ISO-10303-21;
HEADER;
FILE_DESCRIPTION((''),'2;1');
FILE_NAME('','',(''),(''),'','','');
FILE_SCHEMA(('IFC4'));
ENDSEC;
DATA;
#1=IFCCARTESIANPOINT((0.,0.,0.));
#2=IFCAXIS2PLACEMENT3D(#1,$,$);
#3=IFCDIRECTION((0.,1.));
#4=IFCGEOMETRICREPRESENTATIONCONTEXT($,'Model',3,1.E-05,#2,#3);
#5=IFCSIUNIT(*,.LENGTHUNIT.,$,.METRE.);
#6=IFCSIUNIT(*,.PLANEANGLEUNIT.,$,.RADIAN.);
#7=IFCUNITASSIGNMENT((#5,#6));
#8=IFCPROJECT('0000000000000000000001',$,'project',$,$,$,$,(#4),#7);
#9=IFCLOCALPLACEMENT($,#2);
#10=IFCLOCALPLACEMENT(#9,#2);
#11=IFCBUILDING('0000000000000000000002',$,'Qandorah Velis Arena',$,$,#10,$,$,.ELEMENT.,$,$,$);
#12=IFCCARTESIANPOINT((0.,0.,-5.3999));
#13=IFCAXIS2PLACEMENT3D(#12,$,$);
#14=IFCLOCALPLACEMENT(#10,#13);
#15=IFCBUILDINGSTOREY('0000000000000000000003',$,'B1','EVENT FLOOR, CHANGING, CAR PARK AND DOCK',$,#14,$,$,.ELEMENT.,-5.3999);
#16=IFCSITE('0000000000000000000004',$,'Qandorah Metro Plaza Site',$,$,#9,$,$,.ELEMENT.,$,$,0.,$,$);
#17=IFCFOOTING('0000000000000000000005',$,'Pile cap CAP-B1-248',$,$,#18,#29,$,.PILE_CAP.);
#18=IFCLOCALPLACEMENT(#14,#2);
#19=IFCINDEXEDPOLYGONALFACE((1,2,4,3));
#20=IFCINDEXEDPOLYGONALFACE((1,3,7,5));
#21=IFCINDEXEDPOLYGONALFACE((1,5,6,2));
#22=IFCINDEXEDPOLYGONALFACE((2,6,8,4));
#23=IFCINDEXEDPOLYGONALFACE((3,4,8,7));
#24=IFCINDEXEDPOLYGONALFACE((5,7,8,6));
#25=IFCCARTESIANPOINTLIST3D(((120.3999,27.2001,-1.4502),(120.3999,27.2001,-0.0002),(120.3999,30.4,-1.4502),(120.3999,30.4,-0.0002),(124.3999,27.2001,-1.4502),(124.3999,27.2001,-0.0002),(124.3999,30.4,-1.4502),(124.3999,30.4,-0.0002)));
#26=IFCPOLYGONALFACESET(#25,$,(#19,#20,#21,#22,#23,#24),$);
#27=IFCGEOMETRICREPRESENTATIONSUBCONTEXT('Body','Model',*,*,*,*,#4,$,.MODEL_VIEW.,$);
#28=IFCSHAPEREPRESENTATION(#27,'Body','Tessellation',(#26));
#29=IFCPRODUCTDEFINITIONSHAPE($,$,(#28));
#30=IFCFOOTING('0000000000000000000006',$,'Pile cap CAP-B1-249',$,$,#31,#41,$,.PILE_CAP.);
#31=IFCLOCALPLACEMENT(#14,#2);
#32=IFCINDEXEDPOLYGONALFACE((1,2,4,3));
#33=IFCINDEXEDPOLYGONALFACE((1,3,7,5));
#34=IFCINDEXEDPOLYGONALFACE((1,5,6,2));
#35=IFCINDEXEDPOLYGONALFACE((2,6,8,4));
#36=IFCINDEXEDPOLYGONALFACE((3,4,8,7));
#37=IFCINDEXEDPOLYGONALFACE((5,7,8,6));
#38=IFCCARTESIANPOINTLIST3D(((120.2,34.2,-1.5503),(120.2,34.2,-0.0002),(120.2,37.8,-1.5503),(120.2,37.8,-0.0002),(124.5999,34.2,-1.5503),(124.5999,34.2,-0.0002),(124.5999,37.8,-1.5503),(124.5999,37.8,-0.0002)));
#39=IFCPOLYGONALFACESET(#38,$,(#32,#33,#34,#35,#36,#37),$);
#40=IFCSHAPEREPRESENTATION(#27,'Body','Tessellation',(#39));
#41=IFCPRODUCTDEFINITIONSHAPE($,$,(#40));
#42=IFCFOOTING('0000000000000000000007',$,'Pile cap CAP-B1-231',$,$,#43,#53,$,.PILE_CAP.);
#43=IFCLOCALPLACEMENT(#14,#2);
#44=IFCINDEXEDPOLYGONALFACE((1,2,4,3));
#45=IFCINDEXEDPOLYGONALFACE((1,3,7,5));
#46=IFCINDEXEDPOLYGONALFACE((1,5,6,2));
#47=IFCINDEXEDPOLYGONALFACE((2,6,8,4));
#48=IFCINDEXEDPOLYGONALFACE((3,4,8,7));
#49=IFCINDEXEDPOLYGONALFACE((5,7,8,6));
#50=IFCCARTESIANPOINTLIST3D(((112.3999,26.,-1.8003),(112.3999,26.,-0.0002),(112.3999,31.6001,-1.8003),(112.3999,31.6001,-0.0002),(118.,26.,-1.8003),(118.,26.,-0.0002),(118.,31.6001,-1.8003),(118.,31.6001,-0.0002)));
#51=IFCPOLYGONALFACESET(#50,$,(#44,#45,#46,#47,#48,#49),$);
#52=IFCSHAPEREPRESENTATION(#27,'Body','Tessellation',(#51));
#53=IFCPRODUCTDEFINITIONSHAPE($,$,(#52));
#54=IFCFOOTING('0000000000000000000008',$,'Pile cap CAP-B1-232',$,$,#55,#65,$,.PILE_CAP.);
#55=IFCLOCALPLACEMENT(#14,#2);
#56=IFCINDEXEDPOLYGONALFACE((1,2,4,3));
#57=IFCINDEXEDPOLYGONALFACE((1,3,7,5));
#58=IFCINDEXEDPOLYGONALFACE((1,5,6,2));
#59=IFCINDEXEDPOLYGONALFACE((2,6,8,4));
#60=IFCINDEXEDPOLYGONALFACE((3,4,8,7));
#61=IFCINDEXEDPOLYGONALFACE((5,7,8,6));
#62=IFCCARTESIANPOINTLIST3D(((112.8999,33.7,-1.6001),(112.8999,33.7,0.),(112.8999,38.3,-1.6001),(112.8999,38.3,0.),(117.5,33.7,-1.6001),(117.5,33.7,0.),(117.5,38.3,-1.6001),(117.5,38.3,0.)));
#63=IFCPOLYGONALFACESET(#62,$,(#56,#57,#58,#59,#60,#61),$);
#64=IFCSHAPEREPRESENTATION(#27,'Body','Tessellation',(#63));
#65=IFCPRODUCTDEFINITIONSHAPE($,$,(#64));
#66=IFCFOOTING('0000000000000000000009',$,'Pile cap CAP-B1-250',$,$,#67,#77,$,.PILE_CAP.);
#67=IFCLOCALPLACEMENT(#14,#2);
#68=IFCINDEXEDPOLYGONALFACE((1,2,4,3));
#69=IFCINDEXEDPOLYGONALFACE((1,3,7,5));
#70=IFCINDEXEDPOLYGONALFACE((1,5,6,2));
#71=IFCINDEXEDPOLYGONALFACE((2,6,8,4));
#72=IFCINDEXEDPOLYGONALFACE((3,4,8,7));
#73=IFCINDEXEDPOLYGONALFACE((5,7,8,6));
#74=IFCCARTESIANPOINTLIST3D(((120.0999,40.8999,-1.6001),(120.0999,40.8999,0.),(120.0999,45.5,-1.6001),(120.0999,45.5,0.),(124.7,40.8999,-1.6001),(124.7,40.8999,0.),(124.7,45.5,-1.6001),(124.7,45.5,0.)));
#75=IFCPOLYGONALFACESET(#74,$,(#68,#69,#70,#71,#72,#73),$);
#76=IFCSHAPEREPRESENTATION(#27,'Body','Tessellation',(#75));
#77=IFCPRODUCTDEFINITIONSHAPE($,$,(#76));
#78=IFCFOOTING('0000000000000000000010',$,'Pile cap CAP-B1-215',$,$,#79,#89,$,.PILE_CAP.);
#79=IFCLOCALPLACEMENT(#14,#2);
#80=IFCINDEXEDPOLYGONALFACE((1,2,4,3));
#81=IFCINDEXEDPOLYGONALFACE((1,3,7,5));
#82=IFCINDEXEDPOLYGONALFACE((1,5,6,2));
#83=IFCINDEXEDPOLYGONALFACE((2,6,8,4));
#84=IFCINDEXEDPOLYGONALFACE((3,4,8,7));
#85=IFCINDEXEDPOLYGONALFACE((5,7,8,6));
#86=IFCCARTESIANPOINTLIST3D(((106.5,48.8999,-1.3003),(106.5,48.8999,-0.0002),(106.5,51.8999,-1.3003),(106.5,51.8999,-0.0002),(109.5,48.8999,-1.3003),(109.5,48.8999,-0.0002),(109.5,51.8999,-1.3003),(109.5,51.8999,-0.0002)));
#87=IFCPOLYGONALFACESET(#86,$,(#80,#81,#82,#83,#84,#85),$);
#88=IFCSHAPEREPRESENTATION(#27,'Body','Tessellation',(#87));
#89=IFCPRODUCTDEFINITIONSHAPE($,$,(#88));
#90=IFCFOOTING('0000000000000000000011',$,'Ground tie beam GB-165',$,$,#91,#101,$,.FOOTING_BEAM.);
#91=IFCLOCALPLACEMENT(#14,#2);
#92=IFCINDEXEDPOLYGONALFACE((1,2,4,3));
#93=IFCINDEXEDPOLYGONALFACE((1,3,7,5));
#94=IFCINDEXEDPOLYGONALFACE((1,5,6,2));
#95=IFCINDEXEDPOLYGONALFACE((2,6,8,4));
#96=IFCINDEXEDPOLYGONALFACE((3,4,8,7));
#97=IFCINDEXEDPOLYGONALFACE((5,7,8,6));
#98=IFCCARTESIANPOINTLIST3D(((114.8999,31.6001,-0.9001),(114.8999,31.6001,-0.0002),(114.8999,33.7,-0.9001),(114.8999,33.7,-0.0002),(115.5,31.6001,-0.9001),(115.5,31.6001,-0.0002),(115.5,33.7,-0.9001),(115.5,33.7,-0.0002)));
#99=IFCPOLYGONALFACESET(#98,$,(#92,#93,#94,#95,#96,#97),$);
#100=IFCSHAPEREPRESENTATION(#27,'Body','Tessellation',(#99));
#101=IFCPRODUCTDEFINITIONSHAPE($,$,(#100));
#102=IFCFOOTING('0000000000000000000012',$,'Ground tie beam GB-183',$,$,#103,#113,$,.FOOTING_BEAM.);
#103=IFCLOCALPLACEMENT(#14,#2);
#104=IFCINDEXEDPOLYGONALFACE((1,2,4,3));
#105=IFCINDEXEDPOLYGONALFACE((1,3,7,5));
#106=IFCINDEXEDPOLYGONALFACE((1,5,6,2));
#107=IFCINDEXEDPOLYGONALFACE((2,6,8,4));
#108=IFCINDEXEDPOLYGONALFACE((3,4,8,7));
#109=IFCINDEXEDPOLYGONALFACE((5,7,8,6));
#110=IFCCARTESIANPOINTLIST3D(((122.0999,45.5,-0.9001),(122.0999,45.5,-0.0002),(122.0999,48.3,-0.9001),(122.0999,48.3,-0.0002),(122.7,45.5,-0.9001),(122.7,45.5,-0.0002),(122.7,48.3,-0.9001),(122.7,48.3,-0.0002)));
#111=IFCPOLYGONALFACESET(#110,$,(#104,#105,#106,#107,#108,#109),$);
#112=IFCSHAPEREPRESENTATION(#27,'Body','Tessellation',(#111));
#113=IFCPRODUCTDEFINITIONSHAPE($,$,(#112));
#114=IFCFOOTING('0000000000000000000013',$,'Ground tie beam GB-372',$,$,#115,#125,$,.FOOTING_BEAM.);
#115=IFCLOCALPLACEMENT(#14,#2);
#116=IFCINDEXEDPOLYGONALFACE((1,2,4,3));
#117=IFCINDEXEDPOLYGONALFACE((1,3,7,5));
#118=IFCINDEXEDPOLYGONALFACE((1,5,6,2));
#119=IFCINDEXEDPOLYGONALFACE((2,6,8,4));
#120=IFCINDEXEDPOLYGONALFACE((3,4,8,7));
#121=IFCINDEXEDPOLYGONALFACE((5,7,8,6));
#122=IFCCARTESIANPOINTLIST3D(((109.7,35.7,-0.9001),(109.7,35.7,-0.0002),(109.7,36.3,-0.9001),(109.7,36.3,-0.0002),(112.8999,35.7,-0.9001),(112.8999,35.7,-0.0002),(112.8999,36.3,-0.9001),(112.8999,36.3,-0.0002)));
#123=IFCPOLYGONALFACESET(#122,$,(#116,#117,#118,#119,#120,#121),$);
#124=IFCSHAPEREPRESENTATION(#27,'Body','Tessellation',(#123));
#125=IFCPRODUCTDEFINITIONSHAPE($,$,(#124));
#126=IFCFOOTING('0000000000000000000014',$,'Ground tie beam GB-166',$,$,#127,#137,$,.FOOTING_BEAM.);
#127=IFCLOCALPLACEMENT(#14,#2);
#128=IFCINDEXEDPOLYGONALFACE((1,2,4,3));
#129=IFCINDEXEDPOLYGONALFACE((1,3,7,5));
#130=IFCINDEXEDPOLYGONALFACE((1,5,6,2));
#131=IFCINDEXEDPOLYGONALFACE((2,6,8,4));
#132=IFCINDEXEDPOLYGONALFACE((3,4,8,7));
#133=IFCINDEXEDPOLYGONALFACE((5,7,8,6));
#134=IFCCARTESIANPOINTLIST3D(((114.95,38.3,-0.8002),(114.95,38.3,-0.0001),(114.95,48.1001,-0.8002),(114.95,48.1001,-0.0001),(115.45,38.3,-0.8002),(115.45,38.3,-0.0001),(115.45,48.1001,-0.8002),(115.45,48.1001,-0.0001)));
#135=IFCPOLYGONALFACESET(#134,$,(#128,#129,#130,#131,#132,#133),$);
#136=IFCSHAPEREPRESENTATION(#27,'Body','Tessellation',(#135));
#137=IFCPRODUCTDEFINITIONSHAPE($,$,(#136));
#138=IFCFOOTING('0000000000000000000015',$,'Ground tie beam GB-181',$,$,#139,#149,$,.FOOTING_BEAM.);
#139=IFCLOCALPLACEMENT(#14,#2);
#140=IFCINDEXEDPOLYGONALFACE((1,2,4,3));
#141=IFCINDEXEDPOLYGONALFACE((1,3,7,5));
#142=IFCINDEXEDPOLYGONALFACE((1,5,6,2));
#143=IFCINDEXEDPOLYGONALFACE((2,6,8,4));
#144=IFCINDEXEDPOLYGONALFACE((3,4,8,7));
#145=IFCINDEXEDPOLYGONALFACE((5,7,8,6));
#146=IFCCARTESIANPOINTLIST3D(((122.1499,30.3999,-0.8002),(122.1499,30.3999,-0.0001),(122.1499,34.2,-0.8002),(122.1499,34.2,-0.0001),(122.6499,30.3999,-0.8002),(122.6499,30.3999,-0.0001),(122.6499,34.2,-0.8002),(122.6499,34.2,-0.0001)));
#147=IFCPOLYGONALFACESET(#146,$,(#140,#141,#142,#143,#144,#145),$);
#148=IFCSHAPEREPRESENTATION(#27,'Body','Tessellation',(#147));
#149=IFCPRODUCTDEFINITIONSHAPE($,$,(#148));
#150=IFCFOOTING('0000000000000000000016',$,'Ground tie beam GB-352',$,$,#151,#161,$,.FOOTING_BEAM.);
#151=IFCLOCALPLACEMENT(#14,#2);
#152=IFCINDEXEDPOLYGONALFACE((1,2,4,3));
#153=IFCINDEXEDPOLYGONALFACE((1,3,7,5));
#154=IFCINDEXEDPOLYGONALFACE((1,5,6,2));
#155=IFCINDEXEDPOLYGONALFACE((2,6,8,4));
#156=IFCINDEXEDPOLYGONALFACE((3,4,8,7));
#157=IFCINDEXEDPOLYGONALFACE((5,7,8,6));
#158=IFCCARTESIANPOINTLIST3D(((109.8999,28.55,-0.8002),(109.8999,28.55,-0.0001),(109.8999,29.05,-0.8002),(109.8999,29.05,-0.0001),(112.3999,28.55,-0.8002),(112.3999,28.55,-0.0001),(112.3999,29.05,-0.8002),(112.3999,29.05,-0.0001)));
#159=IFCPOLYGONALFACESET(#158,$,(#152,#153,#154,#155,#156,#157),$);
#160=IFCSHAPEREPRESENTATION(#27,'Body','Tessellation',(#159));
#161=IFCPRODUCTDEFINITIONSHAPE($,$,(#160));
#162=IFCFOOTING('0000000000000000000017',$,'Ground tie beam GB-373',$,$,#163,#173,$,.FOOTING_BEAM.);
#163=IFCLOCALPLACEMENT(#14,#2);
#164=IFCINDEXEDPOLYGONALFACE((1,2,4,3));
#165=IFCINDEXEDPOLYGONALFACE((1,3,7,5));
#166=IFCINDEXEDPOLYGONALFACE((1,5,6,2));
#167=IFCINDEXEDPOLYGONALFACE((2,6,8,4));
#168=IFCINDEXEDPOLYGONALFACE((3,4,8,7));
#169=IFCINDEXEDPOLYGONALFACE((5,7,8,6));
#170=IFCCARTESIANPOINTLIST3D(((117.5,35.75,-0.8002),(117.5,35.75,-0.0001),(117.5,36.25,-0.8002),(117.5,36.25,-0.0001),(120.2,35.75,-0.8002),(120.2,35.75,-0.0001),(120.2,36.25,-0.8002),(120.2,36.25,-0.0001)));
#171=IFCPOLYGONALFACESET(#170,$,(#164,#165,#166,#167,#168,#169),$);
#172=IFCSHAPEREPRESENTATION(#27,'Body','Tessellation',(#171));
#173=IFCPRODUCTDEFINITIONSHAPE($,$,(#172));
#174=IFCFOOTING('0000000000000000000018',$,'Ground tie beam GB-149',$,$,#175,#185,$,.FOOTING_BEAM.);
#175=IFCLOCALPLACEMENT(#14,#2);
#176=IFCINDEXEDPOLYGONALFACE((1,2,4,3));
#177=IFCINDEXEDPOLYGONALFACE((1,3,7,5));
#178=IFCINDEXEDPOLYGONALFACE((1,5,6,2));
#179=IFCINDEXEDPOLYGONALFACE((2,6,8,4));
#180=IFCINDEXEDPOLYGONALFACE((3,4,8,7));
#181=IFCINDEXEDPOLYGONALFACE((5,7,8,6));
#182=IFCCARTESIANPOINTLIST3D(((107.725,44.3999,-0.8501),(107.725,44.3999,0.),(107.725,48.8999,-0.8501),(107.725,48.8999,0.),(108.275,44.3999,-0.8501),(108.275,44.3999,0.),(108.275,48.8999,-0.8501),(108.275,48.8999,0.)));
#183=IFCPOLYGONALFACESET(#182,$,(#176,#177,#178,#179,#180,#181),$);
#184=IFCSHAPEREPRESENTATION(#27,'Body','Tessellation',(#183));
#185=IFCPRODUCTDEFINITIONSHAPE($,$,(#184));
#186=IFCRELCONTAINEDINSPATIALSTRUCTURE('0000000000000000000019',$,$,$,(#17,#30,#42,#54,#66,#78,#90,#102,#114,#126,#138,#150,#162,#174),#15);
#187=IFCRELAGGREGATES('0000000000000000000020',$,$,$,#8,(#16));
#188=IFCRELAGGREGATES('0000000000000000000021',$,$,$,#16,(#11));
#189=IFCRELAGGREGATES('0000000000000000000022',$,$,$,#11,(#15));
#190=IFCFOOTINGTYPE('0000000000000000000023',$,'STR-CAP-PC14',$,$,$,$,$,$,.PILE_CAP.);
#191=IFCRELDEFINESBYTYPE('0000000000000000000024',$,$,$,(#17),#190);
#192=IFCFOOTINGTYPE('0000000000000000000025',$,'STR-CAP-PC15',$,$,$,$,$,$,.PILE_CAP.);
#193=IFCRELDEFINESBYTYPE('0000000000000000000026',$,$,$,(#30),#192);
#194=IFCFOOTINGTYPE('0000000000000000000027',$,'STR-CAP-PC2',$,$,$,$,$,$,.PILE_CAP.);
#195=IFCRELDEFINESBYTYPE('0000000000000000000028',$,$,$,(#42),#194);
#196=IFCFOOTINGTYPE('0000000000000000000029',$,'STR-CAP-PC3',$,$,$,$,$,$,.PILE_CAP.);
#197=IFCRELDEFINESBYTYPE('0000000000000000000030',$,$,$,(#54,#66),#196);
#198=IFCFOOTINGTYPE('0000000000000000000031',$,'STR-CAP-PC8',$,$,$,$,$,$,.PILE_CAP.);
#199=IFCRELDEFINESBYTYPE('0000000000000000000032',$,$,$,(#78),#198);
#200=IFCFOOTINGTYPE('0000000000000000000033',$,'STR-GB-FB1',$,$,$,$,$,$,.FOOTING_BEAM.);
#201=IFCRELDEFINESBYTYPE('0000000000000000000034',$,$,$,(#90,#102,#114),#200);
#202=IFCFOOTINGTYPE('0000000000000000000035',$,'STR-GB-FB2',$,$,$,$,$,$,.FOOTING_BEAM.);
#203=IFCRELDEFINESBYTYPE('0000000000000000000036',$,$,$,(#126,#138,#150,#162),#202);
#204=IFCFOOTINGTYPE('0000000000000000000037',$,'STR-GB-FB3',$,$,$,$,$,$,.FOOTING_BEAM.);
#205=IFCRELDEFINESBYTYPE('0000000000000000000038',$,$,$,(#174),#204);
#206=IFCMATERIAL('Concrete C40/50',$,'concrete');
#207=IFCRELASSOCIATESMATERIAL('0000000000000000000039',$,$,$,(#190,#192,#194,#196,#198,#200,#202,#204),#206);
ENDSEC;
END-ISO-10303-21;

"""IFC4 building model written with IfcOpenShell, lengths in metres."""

from ifc_helpers import new_model, si_unit, direction, frame, origin, origin_2d, place, context, subcontext, project, spatial, rectangle, extrude, material, material_profile, profile_set, type_object, element, save


model = new_model("IFC4")

# Units and contexts
model_context = context("Model", 3, precision=1e-05, world=origin(), true_north=direction((0.0, 1.0)))
body_context = subcontext(model_context, "Body", "Model", "MODEL_VIEW")
ifc_project = project(units=[si_unit("LENGTHUNIT", "METRE"), si_unit("PLANEANGLEUNIT", "RADIAN")], contexts=[model_context])

# Site, building, storey
site_placement = place(None, origin())
site = spatial("IfcSite", under=ifc_project, at=site_placement, Name="Qandorah Metro Plaza Site", CompositionType="ELEMENT", RefElevation=0.0)
building_placement = place(site_placement, origin())
building = spatial("IfcBuilding", under=site, at=building_placement, Name="Qandorah Velis Arena", CompositionType="ELEMENT")
storey_placement = place(building_placement, frame((0.0, 0.0, -5.3999)))
storey = spatial("IfcBuildingStorey", under=building, at=storey_placement, Name="B1", Description="EVENT FLOOR, CHANGING, CAR PARK AND DOCK", CompositionType="ELEMENT", Elevation=-5.3999)

# Footings
ifc_material_1 = material(Name="Concrete C40/50", Category="concrete")
footing_type_1 = type_object("IfcFootingType", Name="STR-CAP-PC14", PredefinedType="PILE_CAP", material=ifc_material_1)
footing_1_placement = place(storey_placement, frame((122.3999, 28.8, -1.4502), z_axis=(0.0, 0.0, 1.0), x_axis=(1.0, 0.0, 0.0)))
element("IfcFooting", 1, at=footing_1_placement, inside=storey, type_object=footing_type_1, Name="Pile cap CAP-B1-248", PredefinedType="PILE_CAP", context=body_context, shape_type="SweptSolid", body=[
    extrude(rectangle(XDim=4.0, YDim=3.2, at=origin_2d()), origin(), (0.0, 0.0, 1.0), 1.45),
])
footing_type_2 = type_object("IfcFootingType", Name="STR-CAP-PC15", PredefinedType="PILE_CAP", material=ifc_material_1)
footing_2_placement = place(storey_placement, frame((122.3999, 36.0, -1.5503), z_axis=(0.0, 0.0, 1.0), x_axis=(1.0, 0.0, 0.0)))
element("IfcFooting", 2, at=footing_2_placement, inside=storey, type_object=footing_type_2, Name="Pile cap CAP-B1-249", PredefinedType="PILE_CAP", context=body_context, shape_type="SweptSolid", body=[
    extrude(rectangle(XDim=4.3999, YDim=3.6001, at=origin_2d()), origin(), (0.0, 0.0, 1.0), 1.55),
])
footing_type_3 = type_object("IfcFootingType", Name="STR-CAP-PC2", PredefinedType="PILE_CAP", material=ifc_material_1)
footing_3_placement = place(storey_placement, frame((115.2, 28.8, -1.8003), z_axis=(0.0, 0.0, 1.0), x_axis=(1.0, 0.0, 0.0)))
element("IfcFooting", 3, at=footing_3_placement, inside=storey, type_object=footing_type_3, Name="Pile cap CAP-B1-231", PredefinedType="PILE_CAP", context=body_context, shape_type="SweptSolid", body=[
    extrude(rectangle(XDim=5.6001, YDim=5.6001, at=origin_2d()), origin(), (0.0, 0.0, 1.0), 1.8),
])
footing_type_4 = type_object("IfcFootingType", Name="STR-CAP-PC3", PredefinedType="PILE_CAP", material=ifc_material_1)
for number, where, z_axis, x_axis, name in (
    (4, (115.2, 36.0, -1.6001), (0.0, 0.0, 1.0), (1.0, 0.0, 0.0), "Pile cap CAP-B1-232"),
    (5, (122.3999, 43.2, -1.6001), (0.0, 0.0, 1.0), (1.0, 0.0, 0.0), "Pile cap CAP-B1-250"),
):
    element("IfcFooting", number, at=place(storey_placement, frame(where, z_axis=z_axis, x_axis=x_axis)), inside=storey, type_object=footing_type_4, Name=name, PredefinedType="PILE_CAP", context=body_context, shape_type="SweptSolid", body=[
        extrude(rectangle(XDim=4.6001, YDim=4.6001, at=origin_2d()), origin(), (0.0, 0.0, 1.0), 1.6001),
    ])
footing_type_5 = type_object("IfcFootingType", Name="STR-CAP-PC8", PredefinedType="PILE_CAP", material=ifc_material_1)
footing_4_placement = place(storey_placement, frame((108.0, 50.3999, -1.3003), z_axis=(0.0, 0.0, 1.0), x_axis=(1.0, 0.0, 0.0)))
element("IfcFooting", 6, at=footing_4_placement, inside=storey, type_object=footing_type_5, Name="Pile cap CAP-B1-215", PredefinedType="PILE_CAP", context=body_context, shape_type="SweptSolid", body=[
    extrude(rectangle(XDim=3.0, YDim=3.0, at=origin_2d()), origin(), (0.0, 0.0, 1.0), 1.3),
])
ifc_material_profile_1 = material_profile(ifc_material_1, rectangle(XDim=0.6001, YDim=0.8999, at=origin_2d()), Name="GB1 600x900")
ifc_profile_set_1 = profile_set([ifc_material_profile_1], Name="Concrete C40/50")
footing_type_6 = type_object("IfcFootingType", Name="STR-GB-FB1", PredefinedType="FOOTING_BEAM", material=ifc_profile_set_1)
footing_5_placement = place(storey_placement, frame((115.2, 31.6001, -0.4502), z_axis=(0.0, 1.0, 0.0), x_axis=(-1.0, 0.0, 0.0)))
element("IfcFooting", 7, at=footing_5_placement, inside=storey, type_object=footing_type_6, Name="Ground tie beam GB-165", PredefinedType="FOOTING_BEAM", context=body_context, shape_type="SweptSolid", body=[
    extrude(rectangle(XDim=0.6001, YDim=0.8999, at=origin_2d()), origin(), (0.0, 0.0, 1.0), 2.0999),
])
footing_6_placement = place(storey_placement, frame((122.3999, 45.5, -0.4502), z_axis=(0.0, 1.0, 0.0), x_axis=(-1.0, 0.0, 0.0)))
element("IfcFooting", 8, at=footing_6_placement, inside=storey, type_object=footing_type_6, Name="Ground tie beam GB-183", PredefinedType="FOOTING_BEAM", context=body_context, shape_type="SweptSolid", body=[
    extrude(rectangle(XDim=0.6001, YDim=0.8999, at=origin_2d()), origin(), (0.0, 0.0, 1.0), 2.8),
])
footing_7_placement = place(storey_placement, frame((109.7, 36.0, -0.4502), z_axis=(1.0, 0.0, 0.0), x_axis=(0.0, 1.0, 0.0)))
element("IfcFooting", 9, at=footing_7_placement, inside=storey, type_object=footing_type_6, Name="Ground tie beam GB-372", PredefinedType="FOOTING_BEAM", context=body_context, shape_type="SweptSolid", body=[
    extrude(rectangle(XDim=0.6001, YDim=0.8999, at=origin_2d()), origin(), (0.0, 0.0, 1.0), 3.2),
])
ifc_material_profile_2 = material_profile(ifc_material_1, rectangle(XDim=0.5, YDim=0.8, at=origin_2d()), Name="GB2 500x800")
ifc_profile_set_2 = profile_set([ifc_material_profile_2], Name="Concrete C40/50")
footing_type_7 = type_object("IfcFootingType", Name="STR-GB-FB2", PredefinedType="FOOTING_BEAM", material=ifc_profile_set_2)
footing_8_placement = place(storey_placement, frame((115.2, 38.3, -0.4001), z_axis=(0.0, 1.0, 0.0), x_axis=(-1.0, 0.0, 0.0)))
element("IfcFooting", 10, at=footing_8_placement, inside=storey, type_object=footing_type_7, Name="Ground tie beam GB-166", PredefinedType="FOOTING_BEAM", context=body_context, shape_type="SweptSolid", body=[
    extrude(rectangle(XDim=0.5, YDim=0.8, at=origin_2d()), origin(), (0.0, 0.0, 1.0), 9.8),
])
footing_9_placement = place(storey_placement, frame((122.3999, 30.3999, -0.4001), z_axis=(0.0, 1.0, 0.0), x_axis=(-1.0, 0.0, 0.0)))
element("IfcFooting", 11, at=footing_9_placement, inside=storey, type_object=footing_type_7, Name="Ground tie beam GB-181", PredefinedType="FOOTING_BEAM", context=body_context, shape_type="SweptSolid", body=[
    extrude(rectangle(XDim=0.5, YDim=0.8, at=origin_2d()), origin(), (0.0, 0.0, 1.0), 3.8),
])
footing_10_placement = place(storey_placement, frame((109.8999, 28.8, -0.4001), z_axis=(1.0, 0.0, 0.0), x_axis=(0.0, 1.0, 0.0)))
element("IfcFooting", 12, at=footing_10_placement, inside=storey, type_object=footing_type_7, Name="Ground tie beam GB-352", PredefinedType="FOOTING_BEAM", context=body_context, shape_type="SweptSolid", body=[
    extrude(rectangle(XDim=0.5, YDim=0.8, at=origin_2d()), origin(), (0.0, 0.0, 1.0), 2.5),
])
footing_11_placement = place(storey_placement, frame((117.5, 36.0, -0.4001), z_axis=(1.0, 0.0, 0.0), x_axis=(0.0, 1.0, 0.0)))
element("IfcFooting", 13, at=footing_11_placement, inside=storey, type_object=footing_type_7, Name="Ground tie beam GB-373", PredefinedType="FOOTING_BEAM", context=body_context, shape_type="SweptSolid", body=[
    extrude(rectangle(XDim=0.5, YDim=0.8, at=origin_2d()), origin(), (0.0, 0.0, 1.0), 2.7),
])
ifc_material_profile_3 = material_profile(ifc_material_1, rectangle(XDim=0.55, YDim=0.8501, at=origin_2d()), Name="GB3 550x850")
ifc_profile_set_3 = profile_set([ifc_material_profile_3], Name="Concrete C40/50")
footing_type_8 = type_object("IfcFootingType", Name="STR-GB-FB3", PredefinedType="FOOTING_BEAM", material=ifc_profile_set_3)
footing_12_placement = place(storey_placement, frame((108.0, 44.3999, -0.425), z_axis=(0.0, 1.0, 0.0), x_axis=(-1.0, 0.0, 0.0)))
element("IfcFooting", 14, at=footing_12_placement, inside=storey, type_object=footing_type_8, Name="Ground tie beam GB-149", PredefinedType="FOOTING_BEAM", context=body_context, shape_type="SweptSolid", body=[
    extrude(rectangle(XDim=0.55, YDim=0.8501, at=origin_2d()), origin(), (0.0, 0.0, 1.0), 4.5),
])

save(model, "model.ifc")
